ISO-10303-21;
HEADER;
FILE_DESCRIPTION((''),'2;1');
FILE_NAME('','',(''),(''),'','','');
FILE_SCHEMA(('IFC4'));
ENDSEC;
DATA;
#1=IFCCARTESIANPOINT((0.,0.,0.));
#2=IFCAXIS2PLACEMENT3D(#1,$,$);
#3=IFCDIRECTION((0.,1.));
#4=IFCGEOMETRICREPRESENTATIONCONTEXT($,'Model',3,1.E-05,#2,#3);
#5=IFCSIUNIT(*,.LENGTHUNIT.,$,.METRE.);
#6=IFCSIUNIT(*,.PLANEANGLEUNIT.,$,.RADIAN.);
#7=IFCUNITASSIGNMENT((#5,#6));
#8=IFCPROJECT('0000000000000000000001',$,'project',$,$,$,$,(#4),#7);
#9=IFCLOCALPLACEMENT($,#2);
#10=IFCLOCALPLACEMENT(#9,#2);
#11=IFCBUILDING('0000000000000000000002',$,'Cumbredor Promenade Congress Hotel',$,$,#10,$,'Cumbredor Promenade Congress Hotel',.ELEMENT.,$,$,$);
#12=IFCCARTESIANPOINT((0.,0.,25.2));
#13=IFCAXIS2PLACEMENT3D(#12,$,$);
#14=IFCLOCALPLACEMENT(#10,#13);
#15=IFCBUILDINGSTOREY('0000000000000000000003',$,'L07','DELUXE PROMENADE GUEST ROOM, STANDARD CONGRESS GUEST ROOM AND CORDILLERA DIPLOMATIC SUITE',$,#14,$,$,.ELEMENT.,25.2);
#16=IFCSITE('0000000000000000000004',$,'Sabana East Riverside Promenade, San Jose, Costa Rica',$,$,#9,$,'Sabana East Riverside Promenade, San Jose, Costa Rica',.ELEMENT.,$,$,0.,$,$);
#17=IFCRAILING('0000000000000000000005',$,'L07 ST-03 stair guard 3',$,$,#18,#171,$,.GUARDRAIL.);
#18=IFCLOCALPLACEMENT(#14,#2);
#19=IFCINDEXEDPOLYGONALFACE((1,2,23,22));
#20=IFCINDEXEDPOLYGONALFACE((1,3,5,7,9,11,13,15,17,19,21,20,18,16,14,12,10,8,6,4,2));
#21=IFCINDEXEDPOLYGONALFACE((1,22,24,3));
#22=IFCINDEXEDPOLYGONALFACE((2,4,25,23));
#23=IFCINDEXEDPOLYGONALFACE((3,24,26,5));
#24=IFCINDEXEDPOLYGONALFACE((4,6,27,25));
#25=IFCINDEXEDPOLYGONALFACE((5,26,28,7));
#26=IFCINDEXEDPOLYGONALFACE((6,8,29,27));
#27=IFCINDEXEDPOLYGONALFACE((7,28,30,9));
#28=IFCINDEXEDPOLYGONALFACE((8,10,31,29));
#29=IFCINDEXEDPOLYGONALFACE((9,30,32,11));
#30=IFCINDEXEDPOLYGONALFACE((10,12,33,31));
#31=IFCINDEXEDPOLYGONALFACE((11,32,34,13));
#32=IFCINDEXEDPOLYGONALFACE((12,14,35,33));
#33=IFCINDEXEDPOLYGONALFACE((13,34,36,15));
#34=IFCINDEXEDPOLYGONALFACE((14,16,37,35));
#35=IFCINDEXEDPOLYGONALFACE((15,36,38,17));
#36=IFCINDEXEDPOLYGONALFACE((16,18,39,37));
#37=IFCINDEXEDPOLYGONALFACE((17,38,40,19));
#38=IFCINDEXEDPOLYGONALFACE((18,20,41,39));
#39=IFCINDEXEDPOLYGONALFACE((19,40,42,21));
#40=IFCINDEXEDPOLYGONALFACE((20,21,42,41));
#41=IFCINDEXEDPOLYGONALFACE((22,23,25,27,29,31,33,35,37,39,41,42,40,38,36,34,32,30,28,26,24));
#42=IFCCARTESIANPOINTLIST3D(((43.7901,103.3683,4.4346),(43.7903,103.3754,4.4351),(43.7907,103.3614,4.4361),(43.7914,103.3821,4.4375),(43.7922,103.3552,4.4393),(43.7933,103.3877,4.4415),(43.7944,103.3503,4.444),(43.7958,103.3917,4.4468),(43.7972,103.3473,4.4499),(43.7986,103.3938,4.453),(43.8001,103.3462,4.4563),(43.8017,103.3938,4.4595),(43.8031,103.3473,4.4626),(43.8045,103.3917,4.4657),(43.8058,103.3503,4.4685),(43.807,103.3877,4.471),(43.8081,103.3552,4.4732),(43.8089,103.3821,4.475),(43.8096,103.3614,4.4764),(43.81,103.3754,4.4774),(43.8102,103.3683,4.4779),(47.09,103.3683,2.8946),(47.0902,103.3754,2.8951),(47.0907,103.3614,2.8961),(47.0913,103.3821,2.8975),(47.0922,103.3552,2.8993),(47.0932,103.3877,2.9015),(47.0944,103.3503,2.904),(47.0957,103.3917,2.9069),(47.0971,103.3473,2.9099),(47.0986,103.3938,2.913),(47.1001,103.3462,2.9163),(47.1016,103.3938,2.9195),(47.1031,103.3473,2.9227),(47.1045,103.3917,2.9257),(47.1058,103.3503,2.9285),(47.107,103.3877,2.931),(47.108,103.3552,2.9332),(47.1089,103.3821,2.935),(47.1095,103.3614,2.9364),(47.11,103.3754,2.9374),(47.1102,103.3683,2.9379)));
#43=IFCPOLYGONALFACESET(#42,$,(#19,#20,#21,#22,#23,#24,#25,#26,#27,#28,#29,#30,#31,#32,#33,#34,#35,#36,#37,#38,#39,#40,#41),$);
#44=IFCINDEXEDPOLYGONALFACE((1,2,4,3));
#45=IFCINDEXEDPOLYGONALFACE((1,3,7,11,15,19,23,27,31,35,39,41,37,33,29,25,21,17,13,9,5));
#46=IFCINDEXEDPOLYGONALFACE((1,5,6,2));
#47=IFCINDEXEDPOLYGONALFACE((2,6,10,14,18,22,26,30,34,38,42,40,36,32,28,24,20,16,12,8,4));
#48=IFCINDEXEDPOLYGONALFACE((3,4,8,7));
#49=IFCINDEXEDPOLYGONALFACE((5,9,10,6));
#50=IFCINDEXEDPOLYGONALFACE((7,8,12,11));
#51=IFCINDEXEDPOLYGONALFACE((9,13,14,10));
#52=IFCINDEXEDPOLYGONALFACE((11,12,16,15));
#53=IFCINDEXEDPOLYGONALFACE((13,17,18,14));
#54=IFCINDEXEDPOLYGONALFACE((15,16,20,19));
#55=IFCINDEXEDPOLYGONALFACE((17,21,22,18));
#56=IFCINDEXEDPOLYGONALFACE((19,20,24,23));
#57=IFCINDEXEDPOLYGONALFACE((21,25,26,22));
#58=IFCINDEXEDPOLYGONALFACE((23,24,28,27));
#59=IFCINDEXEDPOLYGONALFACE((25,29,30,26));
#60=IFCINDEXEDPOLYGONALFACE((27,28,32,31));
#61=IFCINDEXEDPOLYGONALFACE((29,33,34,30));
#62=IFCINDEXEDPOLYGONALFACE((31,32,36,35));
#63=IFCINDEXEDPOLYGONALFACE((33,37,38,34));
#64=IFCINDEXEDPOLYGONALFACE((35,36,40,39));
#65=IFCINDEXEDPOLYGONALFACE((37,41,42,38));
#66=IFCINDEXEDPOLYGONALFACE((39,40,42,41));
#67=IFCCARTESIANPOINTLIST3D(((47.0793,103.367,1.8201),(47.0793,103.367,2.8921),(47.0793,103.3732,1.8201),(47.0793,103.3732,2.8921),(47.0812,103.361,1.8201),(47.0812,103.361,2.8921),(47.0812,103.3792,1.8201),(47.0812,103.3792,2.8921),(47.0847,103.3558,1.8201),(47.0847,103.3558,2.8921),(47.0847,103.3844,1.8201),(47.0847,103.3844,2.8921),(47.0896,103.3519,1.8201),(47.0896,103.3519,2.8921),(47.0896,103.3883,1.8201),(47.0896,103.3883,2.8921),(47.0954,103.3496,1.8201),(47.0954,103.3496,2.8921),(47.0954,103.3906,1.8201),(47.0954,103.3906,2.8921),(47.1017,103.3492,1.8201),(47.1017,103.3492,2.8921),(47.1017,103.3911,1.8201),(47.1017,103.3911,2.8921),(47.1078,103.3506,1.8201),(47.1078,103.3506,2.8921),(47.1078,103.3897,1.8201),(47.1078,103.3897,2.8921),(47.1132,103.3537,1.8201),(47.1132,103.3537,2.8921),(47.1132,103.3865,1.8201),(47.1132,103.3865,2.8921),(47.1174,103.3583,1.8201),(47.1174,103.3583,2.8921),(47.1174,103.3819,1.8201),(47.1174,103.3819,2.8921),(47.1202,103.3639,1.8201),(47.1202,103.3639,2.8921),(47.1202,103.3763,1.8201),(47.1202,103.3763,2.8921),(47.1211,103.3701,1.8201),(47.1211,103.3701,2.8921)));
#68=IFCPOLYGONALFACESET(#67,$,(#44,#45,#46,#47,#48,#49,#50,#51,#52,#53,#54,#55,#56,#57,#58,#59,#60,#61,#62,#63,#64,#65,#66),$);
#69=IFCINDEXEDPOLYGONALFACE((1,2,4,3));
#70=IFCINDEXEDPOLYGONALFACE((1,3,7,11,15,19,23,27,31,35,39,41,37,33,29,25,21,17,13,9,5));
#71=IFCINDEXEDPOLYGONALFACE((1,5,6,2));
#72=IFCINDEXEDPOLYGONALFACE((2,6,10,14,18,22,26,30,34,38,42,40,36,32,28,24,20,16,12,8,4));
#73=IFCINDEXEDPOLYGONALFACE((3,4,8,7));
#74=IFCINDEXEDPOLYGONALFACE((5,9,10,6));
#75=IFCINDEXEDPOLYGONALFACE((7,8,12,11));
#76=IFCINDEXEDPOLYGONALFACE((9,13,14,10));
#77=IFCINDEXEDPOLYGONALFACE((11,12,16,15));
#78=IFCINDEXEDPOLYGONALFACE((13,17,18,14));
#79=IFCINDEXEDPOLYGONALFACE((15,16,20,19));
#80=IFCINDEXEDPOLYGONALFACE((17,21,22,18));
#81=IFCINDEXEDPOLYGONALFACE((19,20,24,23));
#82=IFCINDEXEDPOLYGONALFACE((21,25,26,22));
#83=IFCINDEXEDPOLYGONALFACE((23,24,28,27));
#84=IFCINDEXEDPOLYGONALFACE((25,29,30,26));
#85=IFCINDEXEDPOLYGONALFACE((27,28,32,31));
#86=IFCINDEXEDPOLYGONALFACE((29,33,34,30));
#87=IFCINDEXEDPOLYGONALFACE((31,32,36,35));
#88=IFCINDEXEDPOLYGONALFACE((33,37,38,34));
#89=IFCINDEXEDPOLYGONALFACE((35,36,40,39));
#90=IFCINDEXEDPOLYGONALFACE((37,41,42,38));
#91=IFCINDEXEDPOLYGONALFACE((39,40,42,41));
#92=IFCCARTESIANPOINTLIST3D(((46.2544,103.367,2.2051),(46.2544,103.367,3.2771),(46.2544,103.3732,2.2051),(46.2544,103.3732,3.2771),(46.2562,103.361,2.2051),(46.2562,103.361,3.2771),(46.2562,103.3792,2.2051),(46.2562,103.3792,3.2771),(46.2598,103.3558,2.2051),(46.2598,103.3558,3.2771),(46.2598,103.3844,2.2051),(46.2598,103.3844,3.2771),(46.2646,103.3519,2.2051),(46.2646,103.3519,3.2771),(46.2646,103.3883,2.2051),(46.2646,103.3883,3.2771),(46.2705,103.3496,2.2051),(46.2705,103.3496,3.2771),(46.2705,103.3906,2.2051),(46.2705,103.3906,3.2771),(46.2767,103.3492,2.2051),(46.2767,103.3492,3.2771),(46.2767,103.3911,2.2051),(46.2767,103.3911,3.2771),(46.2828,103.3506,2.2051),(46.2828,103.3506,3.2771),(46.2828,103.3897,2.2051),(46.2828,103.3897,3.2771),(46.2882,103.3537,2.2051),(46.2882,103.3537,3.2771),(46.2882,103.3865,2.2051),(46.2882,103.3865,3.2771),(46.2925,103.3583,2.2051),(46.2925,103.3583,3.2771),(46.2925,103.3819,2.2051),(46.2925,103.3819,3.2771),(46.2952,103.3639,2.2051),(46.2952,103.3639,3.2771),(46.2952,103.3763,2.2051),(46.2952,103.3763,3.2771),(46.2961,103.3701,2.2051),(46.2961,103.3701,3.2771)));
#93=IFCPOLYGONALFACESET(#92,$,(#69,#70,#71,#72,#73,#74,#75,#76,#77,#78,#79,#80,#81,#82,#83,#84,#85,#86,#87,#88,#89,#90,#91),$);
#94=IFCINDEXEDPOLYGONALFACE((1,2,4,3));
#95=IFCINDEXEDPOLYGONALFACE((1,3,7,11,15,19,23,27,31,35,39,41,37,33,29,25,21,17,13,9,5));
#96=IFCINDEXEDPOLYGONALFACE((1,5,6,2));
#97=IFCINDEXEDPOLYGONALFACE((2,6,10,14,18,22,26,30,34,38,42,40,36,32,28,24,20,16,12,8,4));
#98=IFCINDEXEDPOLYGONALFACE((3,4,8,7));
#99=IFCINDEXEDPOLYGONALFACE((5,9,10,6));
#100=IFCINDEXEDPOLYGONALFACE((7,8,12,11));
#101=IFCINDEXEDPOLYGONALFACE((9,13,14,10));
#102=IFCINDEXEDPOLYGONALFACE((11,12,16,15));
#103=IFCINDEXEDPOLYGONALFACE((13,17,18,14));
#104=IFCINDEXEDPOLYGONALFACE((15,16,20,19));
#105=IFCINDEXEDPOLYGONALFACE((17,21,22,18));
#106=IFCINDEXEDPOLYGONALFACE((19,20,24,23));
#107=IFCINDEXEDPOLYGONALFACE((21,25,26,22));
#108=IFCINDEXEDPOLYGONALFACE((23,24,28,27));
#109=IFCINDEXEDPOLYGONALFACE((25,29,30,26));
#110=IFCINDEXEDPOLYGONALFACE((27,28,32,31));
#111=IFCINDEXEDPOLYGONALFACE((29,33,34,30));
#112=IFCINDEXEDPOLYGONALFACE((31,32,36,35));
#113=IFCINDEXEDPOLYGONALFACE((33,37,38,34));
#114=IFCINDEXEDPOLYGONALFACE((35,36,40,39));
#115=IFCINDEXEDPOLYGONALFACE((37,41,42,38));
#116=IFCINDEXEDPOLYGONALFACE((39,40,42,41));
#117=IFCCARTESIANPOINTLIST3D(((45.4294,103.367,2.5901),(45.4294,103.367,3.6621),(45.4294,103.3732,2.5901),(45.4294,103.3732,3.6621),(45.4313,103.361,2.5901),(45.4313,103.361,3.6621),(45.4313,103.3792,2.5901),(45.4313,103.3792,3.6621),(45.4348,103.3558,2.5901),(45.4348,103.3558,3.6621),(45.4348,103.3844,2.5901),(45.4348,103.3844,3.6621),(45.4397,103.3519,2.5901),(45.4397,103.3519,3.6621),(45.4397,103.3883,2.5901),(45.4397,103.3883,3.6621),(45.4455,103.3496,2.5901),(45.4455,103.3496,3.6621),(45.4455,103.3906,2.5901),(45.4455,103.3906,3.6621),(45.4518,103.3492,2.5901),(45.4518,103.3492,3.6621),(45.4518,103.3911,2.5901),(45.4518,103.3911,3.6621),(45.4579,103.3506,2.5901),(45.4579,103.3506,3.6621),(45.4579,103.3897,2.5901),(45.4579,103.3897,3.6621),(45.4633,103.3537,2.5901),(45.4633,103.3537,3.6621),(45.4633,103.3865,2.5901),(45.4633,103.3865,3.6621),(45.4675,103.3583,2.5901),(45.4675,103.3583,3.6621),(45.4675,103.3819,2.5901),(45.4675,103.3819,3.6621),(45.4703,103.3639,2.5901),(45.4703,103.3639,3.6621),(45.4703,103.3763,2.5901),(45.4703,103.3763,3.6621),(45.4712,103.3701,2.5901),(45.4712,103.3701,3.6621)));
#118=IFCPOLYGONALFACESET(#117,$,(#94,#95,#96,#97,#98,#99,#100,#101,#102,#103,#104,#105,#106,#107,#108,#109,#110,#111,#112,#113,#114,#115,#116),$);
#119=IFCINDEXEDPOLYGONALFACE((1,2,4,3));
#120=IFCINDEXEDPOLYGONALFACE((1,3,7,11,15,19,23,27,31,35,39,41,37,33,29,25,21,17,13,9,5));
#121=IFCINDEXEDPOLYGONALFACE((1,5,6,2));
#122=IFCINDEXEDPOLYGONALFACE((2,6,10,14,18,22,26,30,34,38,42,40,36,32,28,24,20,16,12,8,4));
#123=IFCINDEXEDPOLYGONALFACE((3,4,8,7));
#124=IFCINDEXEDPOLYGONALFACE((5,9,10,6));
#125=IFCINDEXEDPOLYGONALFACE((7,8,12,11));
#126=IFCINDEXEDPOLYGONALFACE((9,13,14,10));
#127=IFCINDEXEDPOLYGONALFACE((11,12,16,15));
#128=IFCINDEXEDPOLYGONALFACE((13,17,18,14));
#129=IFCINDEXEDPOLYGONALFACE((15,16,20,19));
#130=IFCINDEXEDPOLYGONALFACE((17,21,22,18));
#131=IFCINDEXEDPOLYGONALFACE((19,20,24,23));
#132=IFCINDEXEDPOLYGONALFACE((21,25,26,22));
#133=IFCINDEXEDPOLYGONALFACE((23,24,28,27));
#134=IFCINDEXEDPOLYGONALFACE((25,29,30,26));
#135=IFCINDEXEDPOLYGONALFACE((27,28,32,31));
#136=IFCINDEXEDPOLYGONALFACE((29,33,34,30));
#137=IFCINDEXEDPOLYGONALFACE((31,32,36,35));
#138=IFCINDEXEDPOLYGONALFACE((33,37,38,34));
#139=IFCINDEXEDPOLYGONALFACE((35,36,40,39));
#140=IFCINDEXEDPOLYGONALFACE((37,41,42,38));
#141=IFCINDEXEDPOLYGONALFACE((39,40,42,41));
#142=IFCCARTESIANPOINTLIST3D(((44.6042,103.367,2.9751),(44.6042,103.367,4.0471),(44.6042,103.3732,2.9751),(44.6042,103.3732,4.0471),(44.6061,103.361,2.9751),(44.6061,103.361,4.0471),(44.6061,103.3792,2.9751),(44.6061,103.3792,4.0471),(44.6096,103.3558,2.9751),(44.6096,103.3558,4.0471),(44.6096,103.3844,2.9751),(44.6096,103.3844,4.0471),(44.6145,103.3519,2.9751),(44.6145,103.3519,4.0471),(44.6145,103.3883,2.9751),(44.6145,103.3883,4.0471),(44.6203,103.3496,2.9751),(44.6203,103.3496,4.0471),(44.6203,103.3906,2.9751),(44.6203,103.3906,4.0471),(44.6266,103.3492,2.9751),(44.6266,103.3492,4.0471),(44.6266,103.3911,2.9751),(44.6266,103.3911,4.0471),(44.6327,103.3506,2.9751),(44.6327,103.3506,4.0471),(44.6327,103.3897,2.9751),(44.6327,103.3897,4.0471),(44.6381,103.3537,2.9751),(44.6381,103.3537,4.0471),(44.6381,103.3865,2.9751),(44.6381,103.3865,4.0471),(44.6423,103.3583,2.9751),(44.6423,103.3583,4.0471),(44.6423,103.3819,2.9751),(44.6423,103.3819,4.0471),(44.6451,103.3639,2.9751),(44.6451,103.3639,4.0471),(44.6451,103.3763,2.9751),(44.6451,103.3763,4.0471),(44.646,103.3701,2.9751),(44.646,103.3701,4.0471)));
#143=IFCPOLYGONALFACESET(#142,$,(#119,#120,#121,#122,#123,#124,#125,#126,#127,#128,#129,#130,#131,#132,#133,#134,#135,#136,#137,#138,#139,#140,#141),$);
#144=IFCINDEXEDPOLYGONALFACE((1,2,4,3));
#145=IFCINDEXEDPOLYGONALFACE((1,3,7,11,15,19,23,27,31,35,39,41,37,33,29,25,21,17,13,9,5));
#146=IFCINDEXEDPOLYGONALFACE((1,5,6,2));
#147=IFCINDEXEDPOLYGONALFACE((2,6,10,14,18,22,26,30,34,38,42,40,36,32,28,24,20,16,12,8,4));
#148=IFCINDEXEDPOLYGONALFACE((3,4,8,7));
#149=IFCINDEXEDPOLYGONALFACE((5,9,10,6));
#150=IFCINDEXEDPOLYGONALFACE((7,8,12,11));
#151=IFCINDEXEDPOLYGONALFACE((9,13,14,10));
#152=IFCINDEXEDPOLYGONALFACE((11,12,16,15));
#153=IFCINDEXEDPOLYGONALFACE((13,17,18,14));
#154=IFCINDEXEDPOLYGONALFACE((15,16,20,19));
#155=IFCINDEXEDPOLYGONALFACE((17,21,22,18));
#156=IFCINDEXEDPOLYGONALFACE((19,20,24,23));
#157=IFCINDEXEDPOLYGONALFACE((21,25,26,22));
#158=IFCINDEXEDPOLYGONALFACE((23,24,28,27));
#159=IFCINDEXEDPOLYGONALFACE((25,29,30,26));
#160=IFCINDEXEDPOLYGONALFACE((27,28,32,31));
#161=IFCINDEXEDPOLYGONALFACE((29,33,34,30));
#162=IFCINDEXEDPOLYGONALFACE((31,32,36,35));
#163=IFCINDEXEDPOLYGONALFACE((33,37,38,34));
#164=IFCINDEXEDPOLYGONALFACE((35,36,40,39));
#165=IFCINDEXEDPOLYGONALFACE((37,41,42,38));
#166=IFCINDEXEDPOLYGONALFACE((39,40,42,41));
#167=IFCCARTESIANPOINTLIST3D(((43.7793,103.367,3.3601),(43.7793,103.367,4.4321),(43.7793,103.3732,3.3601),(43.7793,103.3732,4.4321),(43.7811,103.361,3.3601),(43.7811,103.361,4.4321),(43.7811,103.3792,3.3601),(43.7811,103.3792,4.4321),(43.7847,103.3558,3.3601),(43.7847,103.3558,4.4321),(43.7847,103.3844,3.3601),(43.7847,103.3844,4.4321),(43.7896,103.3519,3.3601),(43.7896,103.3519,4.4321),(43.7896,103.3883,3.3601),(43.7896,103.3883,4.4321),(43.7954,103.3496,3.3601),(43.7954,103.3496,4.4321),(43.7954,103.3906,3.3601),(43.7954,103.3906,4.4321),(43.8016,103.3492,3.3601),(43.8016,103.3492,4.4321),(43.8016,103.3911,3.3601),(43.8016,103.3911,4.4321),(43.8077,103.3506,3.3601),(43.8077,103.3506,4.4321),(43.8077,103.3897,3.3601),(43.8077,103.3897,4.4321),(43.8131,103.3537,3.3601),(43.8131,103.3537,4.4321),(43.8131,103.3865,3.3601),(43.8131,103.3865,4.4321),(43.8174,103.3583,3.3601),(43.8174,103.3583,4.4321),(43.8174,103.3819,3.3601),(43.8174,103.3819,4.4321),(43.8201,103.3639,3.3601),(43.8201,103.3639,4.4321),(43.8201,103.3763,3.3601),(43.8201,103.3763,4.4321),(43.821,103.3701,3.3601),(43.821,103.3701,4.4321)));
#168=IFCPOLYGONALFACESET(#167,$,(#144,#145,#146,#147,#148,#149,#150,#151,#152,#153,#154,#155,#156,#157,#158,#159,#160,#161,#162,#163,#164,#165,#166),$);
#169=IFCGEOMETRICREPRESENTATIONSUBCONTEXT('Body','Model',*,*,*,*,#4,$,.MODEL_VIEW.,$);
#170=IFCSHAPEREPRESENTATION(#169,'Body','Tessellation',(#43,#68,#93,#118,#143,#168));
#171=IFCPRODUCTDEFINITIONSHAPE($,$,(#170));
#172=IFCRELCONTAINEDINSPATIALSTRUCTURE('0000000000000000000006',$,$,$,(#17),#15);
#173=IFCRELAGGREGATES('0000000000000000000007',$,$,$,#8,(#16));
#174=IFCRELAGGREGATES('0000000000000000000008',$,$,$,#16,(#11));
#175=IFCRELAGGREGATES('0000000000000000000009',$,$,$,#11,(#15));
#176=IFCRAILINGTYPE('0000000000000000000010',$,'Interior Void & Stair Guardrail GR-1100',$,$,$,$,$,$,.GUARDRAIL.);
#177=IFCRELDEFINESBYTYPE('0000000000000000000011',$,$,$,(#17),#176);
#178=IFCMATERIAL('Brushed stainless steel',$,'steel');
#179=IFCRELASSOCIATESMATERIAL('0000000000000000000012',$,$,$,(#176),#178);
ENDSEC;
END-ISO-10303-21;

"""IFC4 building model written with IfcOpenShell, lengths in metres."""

from ifc_helpers import new_model, si_unit, direction, frame, origin, origin_2d, place, context, subcontext, project, spatial, circle, extrude, material, type_object, element, save


model = new_model("IFC4")

# Units and contexts
model_context = context("Model", 3, precision=1e-05, world=origin(), true_north=direction((0.0, 1.0)))
body_context = subcontext(model_context, "Body", "Model", "MODEL_VIEW")
ifc_project = project(units=[si_unit("LENGTHUNIT", "METRE"), si_unit("PLANEANGLEUNIT", "RADIAN")], contexts=[model_context])

# Site, building, storey
site_placement = place(None, origin())
site = spatial("IfcSite", under=ifc_project, at=site_placement, Name="Sabana East Riverside Promenade, San Jose, Costa Rica", LongName="Sabana East Riverside Promenade, San Jose, Costa Rica", CompositionType="ELEMENT", RefElevation=0.0)
building_placement = place(site_placement, origin())
building = spatial("IfcBuilding", under=site, at=building_placement, Name="Cumbredor Promenade Congress Hotel", LongName="Cumbredor Promenade Congress Hotel", CompositionType="ELEMENT")
storey_placement = place(building_placement, frame((0.0, 0.0, 25.2)))
storey = spatial("IfcBuildingStorey", under=building, at=storey_placement, Name="L07", Description="DELUXE PROMENADE GUEST ROOM, STANDARD CONGRESS GUEST ROOM AND CORDILLERA DIPLOMATIC SUITE", CompositionType="ELEMENT", Elevation=25.2)

# Railing
ifc_material_1 = material(Name="Brushed stainless steel", Category="steel")
railing_type_1 = type_object("IfcRailingType", Name="Interior Void & Stair Guardrail GR-1100", PredefinedType="GUARDRAIL", material=ifc_material_1)
railing_1_placement = place(storey_placement, frame((47.1001, 103.3701, 1.8201)))
element("IfcRailing", 1, at=railing_1_placement, inside=storey, type_object=railing_type_1, Name="L07 ST-03 stair guard 3", PredefinedType="GUARDRAIL", context=body_context, shape_type="SweptSolid", body=[
    extrude(circle(Radius=0.0239, at=origin_2d()), frame((0.0, 0.0, 1.0962), z_axis=(-0.906181, 0.0, 0.422889), x_axis=(0.0, -1.0, 0.0)), (0.0, 0.0, 1.0), 3.6416),
    extrude(circle(Radius=0.021, at=origin_2d()), origin(), (0.0, 0.0, 1.0), 1.072),
    extrude(circle(Radius=0.021, at=origin_2d()), frame((-0.825, 0.0, 0.385)), (0.0, 0.0, 1.0), 1.072),
    extrude(circle(Radius=0.021, at=origin_2d()), frame((-1.6499, 0.0, 0.77)), (0.0, 0.0, 1.0), 1.072),
    extrude(circle(Radius=0.021, at=origin_2d()), frame((-2.4751, 0.0, 1.155)), (0.0, 0.0, 1.0), 1.072),
    extrude(circle(Radius=0.021, at=origin_2d()), frame((-3.3, 0.0, 1.54)), (0.0, 0.0, 1.0), 1.072),
])

save(model, "model.ifc")
